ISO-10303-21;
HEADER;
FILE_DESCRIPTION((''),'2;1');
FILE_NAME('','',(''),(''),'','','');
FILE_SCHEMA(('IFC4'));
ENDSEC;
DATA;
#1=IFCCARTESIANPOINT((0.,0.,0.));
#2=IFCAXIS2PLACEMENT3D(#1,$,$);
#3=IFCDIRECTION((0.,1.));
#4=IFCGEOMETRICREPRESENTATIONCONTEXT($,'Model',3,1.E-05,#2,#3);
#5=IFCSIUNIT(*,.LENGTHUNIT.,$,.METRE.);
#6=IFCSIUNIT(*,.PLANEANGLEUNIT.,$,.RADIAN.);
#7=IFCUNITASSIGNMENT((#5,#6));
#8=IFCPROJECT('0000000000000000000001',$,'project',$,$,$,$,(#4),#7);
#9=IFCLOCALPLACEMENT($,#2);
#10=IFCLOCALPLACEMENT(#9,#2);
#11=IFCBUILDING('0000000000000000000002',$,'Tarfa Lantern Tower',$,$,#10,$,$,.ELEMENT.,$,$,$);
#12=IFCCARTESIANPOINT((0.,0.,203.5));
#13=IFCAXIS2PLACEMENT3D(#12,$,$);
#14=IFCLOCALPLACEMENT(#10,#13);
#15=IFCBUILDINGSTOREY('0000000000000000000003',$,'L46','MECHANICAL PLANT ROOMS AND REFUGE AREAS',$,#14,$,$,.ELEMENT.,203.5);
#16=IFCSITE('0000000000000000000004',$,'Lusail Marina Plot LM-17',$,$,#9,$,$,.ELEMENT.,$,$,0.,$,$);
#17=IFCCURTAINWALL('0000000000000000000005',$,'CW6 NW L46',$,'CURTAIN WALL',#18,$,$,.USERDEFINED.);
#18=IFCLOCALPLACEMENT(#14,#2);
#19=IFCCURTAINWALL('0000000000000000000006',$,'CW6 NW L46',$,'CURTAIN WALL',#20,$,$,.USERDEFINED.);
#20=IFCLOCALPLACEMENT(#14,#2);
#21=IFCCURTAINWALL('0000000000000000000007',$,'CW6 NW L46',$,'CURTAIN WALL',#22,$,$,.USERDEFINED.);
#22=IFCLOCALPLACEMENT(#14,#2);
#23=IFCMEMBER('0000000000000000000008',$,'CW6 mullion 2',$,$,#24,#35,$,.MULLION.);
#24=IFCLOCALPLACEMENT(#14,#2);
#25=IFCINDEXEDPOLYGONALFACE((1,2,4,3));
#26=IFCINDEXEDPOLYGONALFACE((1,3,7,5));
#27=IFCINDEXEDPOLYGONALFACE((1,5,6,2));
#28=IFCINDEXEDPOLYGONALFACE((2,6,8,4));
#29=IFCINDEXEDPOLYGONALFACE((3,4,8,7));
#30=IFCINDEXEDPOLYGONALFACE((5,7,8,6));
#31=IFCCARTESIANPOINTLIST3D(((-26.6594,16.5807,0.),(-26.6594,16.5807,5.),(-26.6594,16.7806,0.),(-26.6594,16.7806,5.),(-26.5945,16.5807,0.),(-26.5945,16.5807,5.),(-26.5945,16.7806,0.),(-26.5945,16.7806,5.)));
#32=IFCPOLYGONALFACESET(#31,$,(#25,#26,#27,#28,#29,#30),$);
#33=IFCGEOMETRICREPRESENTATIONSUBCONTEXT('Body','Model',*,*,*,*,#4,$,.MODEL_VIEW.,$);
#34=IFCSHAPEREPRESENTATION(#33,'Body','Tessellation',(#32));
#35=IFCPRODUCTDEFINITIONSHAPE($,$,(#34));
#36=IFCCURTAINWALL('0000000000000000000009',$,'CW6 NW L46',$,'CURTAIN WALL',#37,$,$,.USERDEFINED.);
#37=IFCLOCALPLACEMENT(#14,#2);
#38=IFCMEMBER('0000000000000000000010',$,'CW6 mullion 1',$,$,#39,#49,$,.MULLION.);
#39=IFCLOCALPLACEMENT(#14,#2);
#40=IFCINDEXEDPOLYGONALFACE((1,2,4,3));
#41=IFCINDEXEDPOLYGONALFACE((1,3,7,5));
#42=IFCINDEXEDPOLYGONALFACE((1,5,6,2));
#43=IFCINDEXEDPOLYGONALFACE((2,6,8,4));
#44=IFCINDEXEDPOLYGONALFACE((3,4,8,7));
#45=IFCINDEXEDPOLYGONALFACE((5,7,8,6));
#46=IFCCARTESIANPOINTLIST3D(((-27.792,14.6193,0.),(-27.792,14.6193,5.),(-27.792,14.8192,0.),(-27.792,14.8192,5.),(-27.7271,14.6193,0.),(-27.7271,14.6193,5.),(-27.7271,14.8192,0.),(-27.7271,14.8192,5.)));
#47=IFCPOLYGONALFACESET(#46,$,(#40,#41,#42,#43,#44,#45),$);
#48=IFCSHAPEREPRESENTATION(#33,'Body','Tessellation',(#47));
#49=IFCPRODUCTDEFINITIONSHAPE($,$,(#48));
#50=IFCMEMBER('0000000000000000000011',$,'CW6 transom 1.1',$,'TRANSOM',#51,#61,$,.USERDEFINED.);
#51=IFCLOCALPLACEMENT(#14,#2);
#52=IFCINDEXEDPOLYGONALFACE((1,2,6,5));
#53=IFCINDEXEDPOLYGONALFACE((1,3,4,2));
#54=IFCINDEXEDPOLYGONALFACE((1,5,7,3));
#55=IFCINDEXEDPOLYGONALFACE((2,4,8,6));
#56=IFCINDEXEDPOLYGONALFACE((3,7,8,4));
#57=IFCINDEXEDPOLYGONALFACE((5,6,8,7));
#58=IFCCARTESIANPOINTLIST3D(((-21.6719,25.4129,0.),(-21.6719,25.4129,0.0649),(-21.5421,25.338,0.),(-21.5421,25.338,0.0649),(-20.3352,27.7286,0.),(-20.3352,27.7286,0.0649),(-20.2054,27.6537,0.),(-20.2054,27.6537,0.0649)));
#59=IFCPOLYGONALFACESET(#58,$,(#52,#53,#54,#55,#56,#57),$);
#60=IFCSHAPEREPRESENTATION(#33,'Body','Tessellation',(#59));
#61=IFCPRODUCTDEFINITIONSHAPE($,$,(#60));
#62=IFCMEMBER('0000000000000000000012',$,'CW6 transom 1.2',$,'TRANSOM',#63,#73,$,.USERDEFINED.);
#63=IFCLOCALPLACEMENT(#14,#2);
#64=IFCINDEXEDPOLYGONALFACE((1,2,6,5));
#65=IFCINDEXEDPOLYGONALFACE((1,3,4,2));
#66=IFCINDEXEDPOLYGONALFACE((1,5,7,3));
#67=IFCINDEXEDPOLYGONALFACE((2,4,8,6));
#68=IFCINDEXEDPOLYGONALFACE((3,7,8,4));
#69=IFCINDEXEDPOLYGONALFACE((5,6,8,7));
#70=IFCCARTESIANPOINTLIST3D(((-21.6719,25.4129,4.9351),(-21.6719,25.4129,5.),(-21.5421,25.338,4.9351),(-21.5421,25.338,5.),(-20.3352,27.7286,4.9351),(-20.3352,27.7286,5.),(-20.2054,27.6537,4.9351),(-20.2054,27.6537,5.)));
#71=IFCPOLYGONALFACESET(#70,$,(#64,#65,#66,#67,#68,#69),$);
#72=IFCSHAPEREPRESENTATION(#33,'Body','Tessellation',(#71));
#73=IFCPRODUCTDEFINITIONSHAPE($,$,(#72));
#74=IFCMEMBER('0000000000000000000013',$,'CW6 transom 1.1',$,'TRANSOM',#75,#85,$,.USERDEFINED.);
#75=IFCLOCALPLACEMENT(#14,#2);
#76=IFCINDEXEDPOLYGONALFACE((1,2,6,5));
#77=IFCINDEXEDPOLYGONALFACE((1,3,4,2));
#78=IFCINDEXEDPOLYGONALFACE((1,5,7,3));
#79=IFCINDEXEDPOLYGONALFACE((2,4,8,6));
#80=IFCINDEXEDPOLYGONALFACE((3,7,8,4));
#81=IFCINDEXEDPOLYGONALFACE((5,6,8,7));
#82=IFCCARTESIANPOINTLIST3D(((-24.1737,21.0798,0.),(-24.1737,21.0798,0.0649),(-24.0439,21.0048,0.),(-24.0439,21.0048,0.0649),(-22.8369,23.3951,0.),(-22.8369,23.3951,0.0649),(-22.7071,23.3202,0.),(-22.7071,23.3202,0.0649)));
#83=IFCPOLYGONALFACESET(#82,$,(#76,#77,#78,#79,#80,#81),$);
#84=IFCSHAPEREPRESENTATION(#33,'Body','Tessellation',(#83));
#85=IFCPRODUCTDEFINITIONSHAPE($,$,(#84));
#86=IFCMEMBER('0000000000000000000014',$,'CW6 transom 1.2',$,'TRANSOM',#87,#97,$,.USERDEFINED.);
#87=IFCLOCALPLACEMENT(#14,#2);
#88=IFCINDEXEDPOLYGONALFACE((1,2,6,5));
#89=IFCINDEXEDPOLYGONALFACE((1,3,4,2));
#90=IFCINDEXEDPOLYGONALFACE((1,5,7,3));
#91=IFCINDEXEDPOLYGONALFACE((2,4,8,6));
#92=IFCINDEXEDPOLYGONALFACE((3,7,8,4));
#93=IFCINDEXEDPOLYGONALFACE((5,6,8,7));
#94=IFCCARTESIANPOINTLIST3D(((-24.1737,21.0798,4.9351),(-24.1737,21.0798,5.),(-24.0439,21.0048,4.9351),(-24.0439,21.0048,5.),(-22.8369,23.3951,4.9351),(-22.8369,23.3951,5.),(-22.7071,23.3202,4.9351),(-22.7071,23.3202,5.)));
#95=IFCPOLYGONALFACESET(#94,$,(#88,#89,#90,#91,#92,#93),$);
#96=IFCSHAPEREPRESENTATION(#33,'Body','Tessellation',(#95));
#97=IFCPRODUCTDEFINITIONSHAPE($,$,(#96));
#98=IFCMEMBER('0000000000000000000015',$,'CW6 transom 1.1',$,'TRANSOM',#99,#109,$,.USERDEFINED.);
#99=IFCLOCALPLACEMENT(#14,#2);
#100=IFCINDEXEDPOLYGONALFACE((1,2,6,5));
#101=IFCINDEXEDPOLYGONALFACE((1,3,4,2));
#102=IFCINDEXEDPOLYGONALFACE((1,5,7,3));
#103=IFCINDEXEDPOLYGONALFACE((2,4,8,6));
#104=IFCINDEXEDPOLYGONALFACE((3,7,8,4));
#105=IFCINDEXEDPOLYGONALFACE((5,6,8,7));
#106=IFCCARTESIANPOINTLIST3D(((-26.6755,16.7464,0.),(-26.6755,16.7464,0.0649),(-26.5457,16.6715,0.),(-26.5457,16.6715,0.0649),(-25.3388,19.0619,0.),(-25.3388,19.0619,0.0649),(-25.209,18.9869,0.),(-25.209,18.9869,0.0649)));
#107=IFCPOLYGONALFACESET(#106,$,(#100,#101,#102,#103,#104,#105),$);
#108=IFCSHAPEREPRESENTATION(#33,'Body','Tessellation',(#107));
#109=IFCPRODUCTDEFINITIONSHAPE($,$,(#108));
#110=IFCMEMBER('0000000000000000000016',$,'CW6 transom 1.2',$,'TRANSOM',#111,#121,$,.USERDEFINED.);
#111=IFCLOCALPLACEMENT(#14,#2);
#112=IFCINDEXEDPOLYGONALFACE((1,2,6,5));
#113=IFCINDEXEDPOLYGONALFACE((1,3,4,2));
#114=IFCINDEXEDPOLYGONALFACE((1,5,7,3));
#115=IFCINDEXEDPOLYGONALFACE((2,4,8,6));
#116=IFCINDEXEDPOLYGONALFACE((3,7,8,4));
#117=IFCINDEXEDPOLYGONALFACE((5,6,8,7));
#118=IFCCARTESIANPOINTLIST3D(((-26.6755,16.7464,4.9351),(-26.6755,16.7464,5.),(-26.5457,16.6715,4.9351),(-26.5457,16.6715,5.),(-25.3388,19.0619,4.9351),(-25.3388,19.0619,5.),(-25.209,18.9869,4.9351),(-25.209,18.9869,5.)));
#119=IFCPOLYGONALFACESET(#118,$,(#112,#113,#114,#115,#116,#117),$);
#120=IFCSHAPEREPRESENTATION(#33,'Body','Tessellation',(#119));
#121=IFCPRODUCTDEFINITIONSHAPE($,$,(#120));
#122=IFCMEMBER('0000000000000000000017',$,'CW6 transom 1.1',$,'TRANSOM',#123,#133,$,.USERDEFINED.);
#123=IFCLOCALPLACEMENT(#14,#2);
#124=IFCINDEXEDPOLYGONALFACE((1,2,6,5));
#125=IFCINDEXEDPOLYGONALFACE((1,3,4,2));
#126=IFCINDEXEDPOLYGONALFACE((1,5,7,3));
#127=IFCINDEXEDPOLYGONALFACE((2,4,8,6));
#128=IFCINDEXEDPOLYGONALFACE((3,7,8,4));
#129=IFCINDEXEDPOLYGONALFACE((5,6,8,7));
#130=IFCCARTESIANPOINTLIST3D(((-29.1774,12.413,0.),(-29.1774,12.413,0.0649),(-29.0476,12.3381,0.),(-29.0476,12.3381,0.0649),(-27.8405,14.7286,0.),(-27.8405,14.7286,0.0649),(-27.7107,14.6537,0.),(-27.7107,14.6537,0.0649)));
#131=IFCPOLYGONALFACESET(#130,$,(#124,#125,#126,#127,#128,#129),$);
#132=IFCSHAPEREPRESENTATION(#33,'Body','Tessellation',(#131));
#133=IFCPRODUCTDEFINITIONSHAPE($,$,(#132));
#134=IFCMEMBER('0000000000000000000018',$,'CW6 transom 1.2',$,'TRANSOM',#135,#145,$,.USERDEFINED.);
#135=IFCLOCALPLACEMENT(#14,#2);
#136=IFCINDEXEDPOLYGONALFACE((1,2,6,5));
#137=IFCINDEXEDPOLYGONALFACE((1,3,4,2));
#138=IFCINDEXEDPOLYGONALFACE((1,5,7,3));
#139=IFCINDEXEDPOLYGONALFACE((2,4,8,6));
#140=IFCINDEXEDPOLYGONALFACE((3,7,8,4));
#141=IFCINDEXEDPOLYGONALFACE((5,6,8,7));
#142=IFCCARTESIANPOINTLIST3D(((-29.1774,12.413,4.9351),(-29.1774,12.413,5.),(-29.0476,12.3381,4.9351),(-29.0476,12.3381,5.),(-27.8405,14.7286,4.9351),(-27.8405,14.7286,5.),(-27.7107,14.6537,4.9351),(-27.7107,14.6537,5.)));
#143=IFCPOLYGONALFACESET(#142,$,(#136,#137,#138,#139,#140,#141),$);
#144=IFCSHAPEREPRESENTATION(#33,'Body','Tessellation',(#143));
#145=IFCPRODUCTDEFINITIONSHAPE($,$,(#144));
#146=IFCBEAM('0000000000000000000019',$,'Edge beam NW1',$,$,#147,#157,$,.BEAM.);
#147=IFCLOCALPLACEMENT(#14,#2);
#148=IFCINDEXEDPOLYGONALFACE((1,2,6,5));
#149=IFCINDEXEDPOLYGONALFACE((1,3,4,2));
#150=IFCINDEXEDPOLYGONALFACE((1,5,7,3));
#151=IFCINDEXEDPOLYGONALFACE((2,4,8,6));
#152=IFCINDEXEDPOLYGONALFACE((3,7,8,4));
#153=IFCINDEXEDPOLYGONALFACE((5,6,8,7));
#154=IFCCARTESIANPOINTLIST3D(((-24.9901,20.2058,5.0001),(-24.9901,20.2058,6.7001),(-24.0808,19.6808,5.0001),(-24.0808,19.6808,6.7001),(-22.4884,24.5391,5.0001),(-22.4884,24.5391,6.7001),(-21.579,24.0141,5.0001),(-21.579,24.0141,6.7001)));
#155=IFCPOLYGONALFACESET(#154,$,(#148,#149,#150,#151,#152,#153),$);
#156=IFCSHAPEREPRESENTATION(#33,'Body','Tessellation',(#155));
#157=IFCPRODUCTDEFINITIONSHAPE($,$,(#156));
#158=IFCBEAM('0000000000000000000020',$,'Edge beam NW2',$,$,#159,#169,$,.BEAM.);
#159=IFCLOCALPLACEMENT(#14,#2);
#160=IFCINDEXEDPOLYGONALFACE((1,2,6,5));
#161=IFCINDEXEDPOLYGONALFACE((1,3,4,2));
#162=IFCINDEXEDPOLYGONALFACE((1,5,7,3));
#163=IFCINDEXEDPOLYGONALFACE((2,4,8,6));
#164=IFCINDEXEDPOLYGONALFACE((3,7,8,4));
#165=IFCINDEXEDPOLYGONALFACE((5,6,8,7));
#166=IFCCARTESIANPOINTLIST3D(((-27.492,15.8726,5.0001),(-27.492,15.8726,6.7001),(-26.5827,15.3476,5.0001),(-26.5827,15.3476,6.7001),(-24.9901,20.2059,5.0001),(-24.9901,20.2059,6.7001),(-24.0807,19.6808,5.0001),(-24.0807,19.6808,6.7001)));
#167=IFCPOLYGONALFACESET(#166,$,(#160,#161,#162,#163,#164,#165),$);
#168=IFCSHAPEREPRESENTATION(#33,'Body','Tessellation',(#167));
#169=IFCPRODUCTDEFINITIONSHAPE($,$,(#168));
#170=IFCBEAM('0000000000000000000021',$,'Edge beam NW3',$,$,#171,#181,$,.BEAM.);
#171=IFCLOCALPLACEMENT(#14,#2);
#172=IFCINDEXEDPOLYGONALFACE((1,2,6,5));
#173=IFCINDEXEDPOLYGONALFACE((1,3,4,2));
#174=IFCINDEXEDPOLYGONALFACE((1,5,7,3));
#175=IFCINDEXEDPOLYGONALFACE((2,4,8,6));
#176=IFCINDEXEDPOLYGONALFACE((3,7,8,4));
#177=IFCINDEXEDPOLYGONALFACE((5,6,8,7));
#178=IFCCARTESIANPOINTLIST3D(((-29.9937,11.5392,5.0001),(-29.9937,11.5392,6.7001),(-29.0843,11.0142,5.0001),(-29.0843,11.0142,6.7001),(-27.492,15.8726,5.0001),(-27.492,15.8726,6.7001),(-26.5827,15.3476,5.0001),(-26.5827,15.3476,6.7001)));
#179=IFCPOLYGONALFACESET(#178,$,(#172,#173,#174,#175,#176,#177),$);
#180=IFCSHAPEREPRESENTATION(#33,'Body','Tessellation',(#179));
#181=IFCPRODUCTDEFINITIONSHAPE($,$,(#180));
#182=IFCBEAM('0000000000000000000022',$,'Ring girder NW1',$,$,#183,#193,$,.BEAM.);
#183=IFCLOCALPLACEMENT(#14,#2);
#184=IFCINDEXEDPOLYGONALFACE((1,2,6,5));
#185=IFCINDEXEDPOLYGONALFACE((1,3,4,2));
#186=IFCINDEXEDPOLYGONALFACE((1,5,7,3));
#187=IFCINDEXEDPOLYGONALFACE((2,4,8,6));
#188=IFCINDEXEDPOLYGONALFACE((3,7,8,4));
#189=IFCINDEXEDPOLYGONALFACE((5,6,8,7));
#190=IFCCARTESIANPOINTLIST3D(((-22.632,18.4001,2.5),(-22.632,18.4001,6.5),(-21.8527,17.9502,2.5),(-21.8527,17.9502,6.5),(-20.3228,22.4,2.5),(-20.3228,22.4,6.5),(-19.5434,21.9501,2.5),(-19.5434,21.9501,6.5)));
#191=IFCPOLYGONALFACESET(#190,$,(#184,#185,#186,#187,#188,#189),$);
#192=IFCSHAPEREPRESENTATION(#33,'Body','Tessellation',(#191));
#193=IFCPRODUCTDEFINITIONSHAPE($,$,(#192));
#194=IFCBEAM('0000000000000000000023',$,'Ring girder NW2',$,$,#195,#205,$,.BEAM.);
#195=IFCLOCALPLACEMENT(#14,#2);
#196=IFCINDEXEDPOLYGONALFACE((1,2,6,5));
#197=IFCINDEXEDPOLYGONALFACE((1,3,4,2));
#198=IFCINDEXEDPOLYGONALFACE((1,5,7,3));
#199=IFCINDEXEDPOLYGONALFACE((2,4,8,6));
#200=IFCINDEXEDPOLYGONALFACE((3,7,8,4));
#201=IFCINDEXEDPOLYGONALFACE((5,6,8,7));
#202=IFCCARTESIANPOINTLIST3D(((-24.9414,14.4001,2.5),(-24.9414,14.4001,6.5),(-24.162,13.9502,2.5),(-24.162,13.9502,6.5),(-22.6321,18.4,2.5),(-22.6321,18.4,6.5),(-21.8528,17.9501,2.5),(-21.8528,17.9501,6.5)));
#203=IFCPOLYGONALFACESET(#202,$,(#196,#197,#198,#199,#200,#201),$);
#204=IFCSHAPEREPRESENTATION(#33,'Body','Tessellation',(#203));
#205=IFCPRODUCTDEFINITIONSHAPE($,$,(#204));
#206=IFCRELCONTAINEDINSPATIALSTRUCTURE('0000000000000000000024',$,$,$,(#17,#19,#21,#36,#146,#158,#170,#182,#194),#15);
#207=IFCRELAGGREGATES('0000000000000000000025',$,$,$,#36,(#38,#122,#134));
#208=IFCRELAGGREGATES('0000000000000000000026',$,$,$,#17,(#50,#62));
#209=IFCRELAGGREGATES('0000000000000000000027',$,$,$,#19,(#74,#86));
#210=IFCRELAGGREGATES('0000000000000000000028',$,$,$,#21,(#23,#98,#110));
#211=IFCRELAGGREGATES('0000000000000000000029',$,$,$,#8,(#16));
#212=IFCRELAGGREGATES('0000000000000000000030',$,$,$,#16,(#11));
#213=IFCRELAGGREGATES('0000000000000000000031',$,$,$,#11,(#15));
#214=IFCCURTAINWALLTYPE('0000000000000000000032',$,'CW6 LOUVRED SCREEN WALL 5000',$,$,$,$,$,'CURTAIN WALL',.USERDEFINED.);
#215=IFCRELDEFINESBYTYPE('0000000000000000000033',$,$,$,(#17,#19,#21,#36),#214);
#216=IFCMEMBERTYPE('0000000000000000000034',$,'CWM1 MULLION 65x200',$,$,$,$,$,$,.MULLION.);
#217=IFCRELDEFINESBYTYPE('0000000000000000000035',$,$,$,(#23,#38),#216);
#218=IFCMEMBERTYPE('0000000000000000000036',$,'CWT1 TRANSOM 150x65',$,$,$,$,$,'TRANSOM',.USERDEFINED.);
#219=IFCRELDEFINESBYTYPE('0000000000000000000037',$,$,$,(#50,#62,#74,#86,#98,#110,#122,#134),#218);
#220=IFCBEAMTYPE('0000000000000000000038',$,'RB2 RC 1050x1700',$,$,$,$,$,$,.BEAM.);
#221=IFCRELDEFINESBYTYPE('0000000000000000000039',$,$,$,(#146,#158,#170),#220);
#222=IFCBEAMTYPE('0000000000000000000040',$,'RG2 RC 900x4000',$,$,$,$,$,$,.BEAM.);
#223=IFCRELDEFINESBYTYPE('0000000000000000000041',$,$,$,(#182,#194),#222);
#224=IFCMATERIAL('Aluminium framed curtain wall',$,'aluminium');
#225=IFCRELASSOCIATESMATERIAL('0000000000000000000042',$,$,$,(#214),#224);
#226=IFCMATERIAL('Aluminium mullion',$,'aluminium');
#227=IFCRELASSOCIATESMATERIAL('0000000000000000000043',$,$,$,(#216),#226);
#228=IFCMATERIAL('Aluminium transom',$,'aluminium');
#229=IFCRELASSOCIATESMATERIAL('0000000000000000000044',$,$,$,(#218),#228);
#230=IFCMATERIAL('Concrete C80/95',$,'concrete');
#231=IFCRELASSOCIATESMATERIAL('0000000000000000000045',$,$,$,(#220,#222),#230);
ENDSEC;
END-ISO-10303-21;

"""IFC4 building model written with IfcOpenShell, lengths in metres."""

from ifc_helpers import new_model, si_unit, direction, frame, origin, origin_2d, place, context, subcontext, project, spatial, rectangle, extrude, material, material_profile, profile_set, type_object, element, aggregate, save


model = new_model("IFC4")

# Units and contexts
model_context = context("Model", 3, precision=1e-05, world=origin(), true_north=direction((0.0, 1.0)))
body_context = subcontext(model_context, "Body", "Model", "MODEL_VIEW")
ifc_project = project(units=[si_unit("LENGTHUNIT", "METRE"), si_unit("PLANEANGLEUNIT", "RADIAN")], contexts=[model_context])

# Site, building, storey
site_placement = place(None, origin())
site = spatial("IfcSite", under=ifc_project, at=site_placement, Name="Lusail Marina Plot LM-17", CompositionType="ELEMENT", RefElevation=0.0)
building_placement = place(site_placement, origin())
building = spatial("IfcBuilding", under=site, at=building_placement, Name="Tarfa Lantern Tower", CompositionType="ELEMENT")
storey_placement = place(building_placement, frame((0.0, 0.0, 203.5)))
storey = spatial("IfcBuildingStorey", under=building, at=storey_placement, Name="L46", Description="MECHANICAL PLANT ROOMS AND REFUGE AREAS", CompositionType="ELEMENT", Elevation=203.5)

# Shared definitions
ifc_material_1 = material(Name="Concrete C80/95", Category="concrete")

# Curtain walls, member
ifc_material_2 = material(Name="Aluminium framed curtain wall", Category="aluminium")
curtain_wall_type = type_object("IfcCurtainWallType", Name="CW6 LOUVRED SCREEN WALL 5000", ElementType="CURTAIN WALL", PredefinedType="USERDEFINED", material=ifc_material_2)
curtain_wall_1_placement = place(storey_placement, origin())
curtain_wall_1 = element("IfcCurtainWall", 1, at=curtain_wall_1_placement, inside=storey, type_object=curtain_wall_type, Name="CW6 NW L46", ObjectType="CURTAIN WALL", PredefinedType="USERDEFINED")
ifc_material_3 = material(Name="Aluminium mullion", Category="aluminium")
ifc_material_profile_1 = material_profile(ifc_material_3, rectangle(XDim=0.0649, YDim=0.2, at=origin_2d()), Name="AL MULLION 65x200")
ifc_profile_set_1 = profile_set([ifc_material_profile_1], Name="Aluminium mullion")
member_type_1 = type_object("IfcMemberType", Name="CWM1 MULLION 65x200", PredefinedType="MULLION", material=ifc_profile_set_1)
curtain_wall_2_placement = place(storey_placement, origin())
curtain_wall_2 = element("IfcCurtainWall", 2, at=curtain_wall_2_placement, inside=storey, type_object=curtain_wall_type, Name="CW6 NW L46", ObjectType="CURTAIN WALL", PredefinedType="USERDEFINED")
curtain_wall_3_placement = place(storey_placement, origin())
curtain_wall_3 = element("IfcCurtainWall", 3, at=curtain_wall_3_placement, inside=storey, type_object=curtain_wall_type, Name="CW6 NW L46", ObjectType="CURTAIN WALL", PredefinedType="USERDEFINED")
member_1_placement = place(storey_placement, frame((-26.627, 16.6807, 0.0), z_axis=(0.0, 0.0, 1.0), x_axis=(1.0, 0.0, 0.0)))
member_1 = element("IfcMember", 4, at=member_1_placement, type_object=member_type_1, Name="CW6 mullion 2", PredefinedType="MULLION", context=body_context, shape_type="SweptSolid", body=[
    extrude(rectangle(XDim=0.0649, YDim=0.2, at=origin_2d()), origin(), (0.0, 0.0, 1.0), 5.0),
])

# Curtain wall, member
curtain_wall_4_placement = place(storey_placement, origin())
curtain_wall_4 = element("IfcCurtainWall", 5, at=curtain_wall_4_placement, inside=storey, type_object=curtain_wall_type, Name="CW6 NW L46", ObjectType="CURTAIN WALL", PredefinedType="USERDEFINED")
member_2_placement = place(storey_placement, frame((-27.7595, 14.7192, 0.0), z_axis=(0.0, 0.0, 1.0), x_axis=(1.0, 0.0, 0.0)))
member_2 = element("IfcMember", 6, at=member_2_placement, type_object=member_type_1, Name="CW6 mullion 1", PredefinedType="MULLION", context=body_context, shape_type="SweptSolid", body=[
    extrude(rectangle(XDim=0.0649, YDim=0.2, at=origin_2d()), origin(), (0.0, 0.0, 1.0), 5.0),
])

# Members
ifc_material_4 = material(Name="Aluminium transom", Category="aluminium")
ifc_material_profile_2 = material_profile(ifc_material_4, rectangle(XDim=0.1499, YDim=0.0649, at=origin_2d()), Name="AL TRANSOM 150x65")
ifc_profile_set_2 = profile_set([ifc_material_profile_2], Name="Aluminium transom")
member_type_2 = type_object("IfcMemberType", Name="CWT1 TRANSOM 150x65", ElementType="TRANSOM", PredefinedType="USERDEFINED", material=ifc_profile_set_2)
member_3_placement = place(storey_placement, frame((-20.2703, 27.6912, 0.0325), z_axis=(-0.49992, -0.866072, 0.0), x_axis=(0.866072, -0.49992, 0.0)))
member_3 = element("IfcMember", 7, at=member_3_placement, type_object=member_type_2, Name="CW6 transom 1.1", ObjectType="TRANSOM", PredefinedType="USERDEFINED", context=body_context, shape_type="SweptSolid", body=[
    extrude(rectangle(XDim=0.1499, YDim=0.0649, at=origin_2d()), origin(), (0.0, 0.0, 1.0), 2.6738),
])
member_4_placement = place(storey_placement, frame((-20.2703, 27.6912, 4.9675), z_axis=(-0.49992, -0.866072, 0.0), x_axis=(0.866072, -0.49992, 0.0)))
member_4 = element("IfcMember", 8, at=member_4_placement, type_object=member_type_2, Name="CW6 transom 1.2", ObjectType="TRANSOM", PredefinedType="USERDEFINED", context=body_context, shape_type="SweptSolid", body=[
    extrude(rectangle(XDim=0.1499, YDim=0.0649, at=origin_2d()), origin(), (0.0, 0.0, 1.0), 2.6738),
])
member_5_placement = place(storey_placement, frame((-22.772, 23.3577, 0.0325), z_axis=(-0.500028, -0.866009, 0.0), x_axis=(0.866009, -0.500028, 0.0)))
member_5 = element("IfcMember", 9, at=member_5_placement, type_object=member_type_2, Name="CW6 transom 1.1", ObjectType="TRANSOM", PredefinedType="USERDEFINED", context=body_context, shape_type="SweptSolid", body=[
    extrude(rectangle(XDim=0.1499, YDim=0.0649, at=origin_2d()), origin(), (0.0, 0.0, 1.0), 2.6736),
])
member_6_placement = place(storey_placement, frame((-22.772, 23.3577, 4.9675), z_axis=(-0.500028, -0.866009, 0.0), x_axis=(0.866009, -0.500028, 0.0)))
member_6 = element("IfcMember", 10, at=member_6_placement, type_object=member_type_2, Name="CW6 transom 1.2", ObjectType="TRANSOM", PredefinedType="USERDEFINED", context=body_context, shape_type="SweptSolid", body=[
    extrude(rectangle(XDim=0.1499, YDim=0.0649, at=origin_2d()), origin(), (0.0, 0.0, 1.0), 2.6736),
])
member_7_placement = place(storey_placement, frame((-25.2739, 19.0244, 0.0325), z_axis=(-0.49996, -0.866049, 0.0), x_axis=(0.866049, -0.49996, 0.0)))
member_7 = element("IfcMember", 11, at=member_7_placement, type_object=member_type_2, Name="CW6 transom 1.1", ObjectType="TRANSOM", PredefinedType="USERDEFINED", context=body_context, shape_type="SweptSolid", body=[
    extrude(rectangle(XDim=0.1499, YDim=0.0649, at=origin_2d()), origin(), (0.0, 0.0, 1.0), 2.6736),
])
member_8_placement = place(storey_placement, frame((-25.2739, 19.0244, 4.9675), z_axis=(-0.49996, -0.866049, 0.0), x_axis=(0.866049, -0.49996, 0.0)))
member_8 = element("IfcMember", 12, at=member_8_placement, type_object=member_type_2, Name="CW6 transom 1.2", ObjectType="TRANSOM", PredefinedType="USERDEFINED", context=body_context, shape_type="SweptSolid", body=[
    extrude(rectangle(XDim=0.1499, YDim=0.0649, at=origin_2d()), origin(), (0.0, 0.0, 1.0), 2.6736),
])
member_9_placement = place(storey_placement, frame((-27.7756, 14.6912, 0.0325), z_axis=(-0.499989, -0.866032, 0.0), x_axis=(0.866032, -0.499989, 0.0)))
member_9 = element("IfcMember", 13, at=member_9_placement, type_object=member_type_2, Name="CW6 transom 1.1", ObjectType="TRANSOM", PredefinedType="USERDEFINED", context=body_context, shape_type="SweptSolid", body=[
    extrude(rectangle(XDim=0.1499, YDim=0.0649, at=origin_2d()), origin(), (0.0, 0.0, 1.0), 2.6738),
])
member_10_placement = place(storey_placement, frame((-27.7756, 14.6912, 4.9675), z_axis=(-0.499989, -0.866032, 0.0), x_axis=(0.866032, -0.499989, 0.0)))
member_10 = element("IfcMember", 14, at=member_10_placement, type_object=member_type_2, Name="CW6 transom 1.2", ObjectType="TRANSOM", PredefinedType="USERDEFINED", context=body_context, shape_type="SweptSolid", body=[
    extrude(rectangle(XDim=0.1499, YDim=0.0649, at=origin_2d()), origin(), (0.0, 0.0, 1.0), 2.6738),
])
aggregate(curtain_wall_4, [member_2, member_9, member_10])

# Beams
ifc_material_profile_3 = material_profile(ifc_material_1, rectangle(XDim=1.05, YDim=1.7, at=origin_2d()), Name="RC 1050x1700")
ifc_profile_set_3 = profile_set([ifc_material_profile_3], Name="Concrete C80/95")
beam_type_1 = type_object("IfcBeamType", Name="RB2 RC 1050x1700", PredefinedType="BEAM", material=ifc_profile_set_3)
for number, where, z_axis, x_axis, name in (
    (15, (-22.0337, 24.2766, 5.8501), (-0.499986, -0.866034, 0.0), (0.866034, -0.499986, 0.0), "Edge beam NW1"),
    (16, (-24.5354, 19.9434, 5.8501), (-0.500022, -0.866013, 0.0), (0.866013, -0.500022, 0.0), "Edge beam NW2"),
    (17, (-27.0374, 15.6101, 5.8501), (-0.499965, -0.866046, 0.0), (0.866046, -0.499965, 0.0), "Edge beam NW3"),
):
    element("IfcBeam", number, at=place(storey_placement, frame(where, z_axis=z_axis, x_axis=x_axis)), inside=storey, type_object=beam_type_1, Name=name, PredefinedType="BEAM", context=body_context, shape_type="SweptSolid", body=[
        extrude(rectangle(XDim=1.05, YDim=1.7, at=origin_2d()), origin(), (0.0, 0.0, 1.0), 5.0037),
    ])
ifc_material_profile_4 = material_profile(ifc_material_1, rectangle(XDim=0.8999, YDim=4.0, at=origin_2d()), Name="RC 900x4000")
ifc_profile_set_4 = profile_set([ifc_material_profile_4], Name="Concrete C80/95")
beam_type_2 = type_object("IfcBeamType", Name="RG2 RC 900x4000", PredefinedType="BEAM", material=ifc_profile_set_4)
for number, where, z_axis, x_axis, name in (
    (18, (-19.9331, 22.175, 4.5), (-0.499988, -0.866032, 0.0), (0.866032, -0.499988, 0.0), "Ring girder NW1"),
    (19, (-22.2424, 18.175, 4.5), (-0.499988, -0.866032, 0.0), (0.866032, -0.499988, 0.0), "Ring girder NW2"),
):
    element("IfcBeam", number, at=place(storey_placement, frame(where, z_axis=z_axis, x_axis=x_axis)), inside=storey, type_object=beam_type_2, Name=name, PredefinedType="BEAM", context=body_context, shape_type="SweptSolid", body=[
        extrude(rectangle(XDim=0.8999, YDim=4.0, at=origin_2d()), origin(), (0.0, 0.0, 1.0), 4.6187),
    ])

aggregate(curtain_wall_1, [member_3, member_4])
aggregate(curtain_wall_2, [member_5, member_6])
aggregate(curtain_wall_3, [member_1, member_7, member_8])

save(model, "model.ifc")
